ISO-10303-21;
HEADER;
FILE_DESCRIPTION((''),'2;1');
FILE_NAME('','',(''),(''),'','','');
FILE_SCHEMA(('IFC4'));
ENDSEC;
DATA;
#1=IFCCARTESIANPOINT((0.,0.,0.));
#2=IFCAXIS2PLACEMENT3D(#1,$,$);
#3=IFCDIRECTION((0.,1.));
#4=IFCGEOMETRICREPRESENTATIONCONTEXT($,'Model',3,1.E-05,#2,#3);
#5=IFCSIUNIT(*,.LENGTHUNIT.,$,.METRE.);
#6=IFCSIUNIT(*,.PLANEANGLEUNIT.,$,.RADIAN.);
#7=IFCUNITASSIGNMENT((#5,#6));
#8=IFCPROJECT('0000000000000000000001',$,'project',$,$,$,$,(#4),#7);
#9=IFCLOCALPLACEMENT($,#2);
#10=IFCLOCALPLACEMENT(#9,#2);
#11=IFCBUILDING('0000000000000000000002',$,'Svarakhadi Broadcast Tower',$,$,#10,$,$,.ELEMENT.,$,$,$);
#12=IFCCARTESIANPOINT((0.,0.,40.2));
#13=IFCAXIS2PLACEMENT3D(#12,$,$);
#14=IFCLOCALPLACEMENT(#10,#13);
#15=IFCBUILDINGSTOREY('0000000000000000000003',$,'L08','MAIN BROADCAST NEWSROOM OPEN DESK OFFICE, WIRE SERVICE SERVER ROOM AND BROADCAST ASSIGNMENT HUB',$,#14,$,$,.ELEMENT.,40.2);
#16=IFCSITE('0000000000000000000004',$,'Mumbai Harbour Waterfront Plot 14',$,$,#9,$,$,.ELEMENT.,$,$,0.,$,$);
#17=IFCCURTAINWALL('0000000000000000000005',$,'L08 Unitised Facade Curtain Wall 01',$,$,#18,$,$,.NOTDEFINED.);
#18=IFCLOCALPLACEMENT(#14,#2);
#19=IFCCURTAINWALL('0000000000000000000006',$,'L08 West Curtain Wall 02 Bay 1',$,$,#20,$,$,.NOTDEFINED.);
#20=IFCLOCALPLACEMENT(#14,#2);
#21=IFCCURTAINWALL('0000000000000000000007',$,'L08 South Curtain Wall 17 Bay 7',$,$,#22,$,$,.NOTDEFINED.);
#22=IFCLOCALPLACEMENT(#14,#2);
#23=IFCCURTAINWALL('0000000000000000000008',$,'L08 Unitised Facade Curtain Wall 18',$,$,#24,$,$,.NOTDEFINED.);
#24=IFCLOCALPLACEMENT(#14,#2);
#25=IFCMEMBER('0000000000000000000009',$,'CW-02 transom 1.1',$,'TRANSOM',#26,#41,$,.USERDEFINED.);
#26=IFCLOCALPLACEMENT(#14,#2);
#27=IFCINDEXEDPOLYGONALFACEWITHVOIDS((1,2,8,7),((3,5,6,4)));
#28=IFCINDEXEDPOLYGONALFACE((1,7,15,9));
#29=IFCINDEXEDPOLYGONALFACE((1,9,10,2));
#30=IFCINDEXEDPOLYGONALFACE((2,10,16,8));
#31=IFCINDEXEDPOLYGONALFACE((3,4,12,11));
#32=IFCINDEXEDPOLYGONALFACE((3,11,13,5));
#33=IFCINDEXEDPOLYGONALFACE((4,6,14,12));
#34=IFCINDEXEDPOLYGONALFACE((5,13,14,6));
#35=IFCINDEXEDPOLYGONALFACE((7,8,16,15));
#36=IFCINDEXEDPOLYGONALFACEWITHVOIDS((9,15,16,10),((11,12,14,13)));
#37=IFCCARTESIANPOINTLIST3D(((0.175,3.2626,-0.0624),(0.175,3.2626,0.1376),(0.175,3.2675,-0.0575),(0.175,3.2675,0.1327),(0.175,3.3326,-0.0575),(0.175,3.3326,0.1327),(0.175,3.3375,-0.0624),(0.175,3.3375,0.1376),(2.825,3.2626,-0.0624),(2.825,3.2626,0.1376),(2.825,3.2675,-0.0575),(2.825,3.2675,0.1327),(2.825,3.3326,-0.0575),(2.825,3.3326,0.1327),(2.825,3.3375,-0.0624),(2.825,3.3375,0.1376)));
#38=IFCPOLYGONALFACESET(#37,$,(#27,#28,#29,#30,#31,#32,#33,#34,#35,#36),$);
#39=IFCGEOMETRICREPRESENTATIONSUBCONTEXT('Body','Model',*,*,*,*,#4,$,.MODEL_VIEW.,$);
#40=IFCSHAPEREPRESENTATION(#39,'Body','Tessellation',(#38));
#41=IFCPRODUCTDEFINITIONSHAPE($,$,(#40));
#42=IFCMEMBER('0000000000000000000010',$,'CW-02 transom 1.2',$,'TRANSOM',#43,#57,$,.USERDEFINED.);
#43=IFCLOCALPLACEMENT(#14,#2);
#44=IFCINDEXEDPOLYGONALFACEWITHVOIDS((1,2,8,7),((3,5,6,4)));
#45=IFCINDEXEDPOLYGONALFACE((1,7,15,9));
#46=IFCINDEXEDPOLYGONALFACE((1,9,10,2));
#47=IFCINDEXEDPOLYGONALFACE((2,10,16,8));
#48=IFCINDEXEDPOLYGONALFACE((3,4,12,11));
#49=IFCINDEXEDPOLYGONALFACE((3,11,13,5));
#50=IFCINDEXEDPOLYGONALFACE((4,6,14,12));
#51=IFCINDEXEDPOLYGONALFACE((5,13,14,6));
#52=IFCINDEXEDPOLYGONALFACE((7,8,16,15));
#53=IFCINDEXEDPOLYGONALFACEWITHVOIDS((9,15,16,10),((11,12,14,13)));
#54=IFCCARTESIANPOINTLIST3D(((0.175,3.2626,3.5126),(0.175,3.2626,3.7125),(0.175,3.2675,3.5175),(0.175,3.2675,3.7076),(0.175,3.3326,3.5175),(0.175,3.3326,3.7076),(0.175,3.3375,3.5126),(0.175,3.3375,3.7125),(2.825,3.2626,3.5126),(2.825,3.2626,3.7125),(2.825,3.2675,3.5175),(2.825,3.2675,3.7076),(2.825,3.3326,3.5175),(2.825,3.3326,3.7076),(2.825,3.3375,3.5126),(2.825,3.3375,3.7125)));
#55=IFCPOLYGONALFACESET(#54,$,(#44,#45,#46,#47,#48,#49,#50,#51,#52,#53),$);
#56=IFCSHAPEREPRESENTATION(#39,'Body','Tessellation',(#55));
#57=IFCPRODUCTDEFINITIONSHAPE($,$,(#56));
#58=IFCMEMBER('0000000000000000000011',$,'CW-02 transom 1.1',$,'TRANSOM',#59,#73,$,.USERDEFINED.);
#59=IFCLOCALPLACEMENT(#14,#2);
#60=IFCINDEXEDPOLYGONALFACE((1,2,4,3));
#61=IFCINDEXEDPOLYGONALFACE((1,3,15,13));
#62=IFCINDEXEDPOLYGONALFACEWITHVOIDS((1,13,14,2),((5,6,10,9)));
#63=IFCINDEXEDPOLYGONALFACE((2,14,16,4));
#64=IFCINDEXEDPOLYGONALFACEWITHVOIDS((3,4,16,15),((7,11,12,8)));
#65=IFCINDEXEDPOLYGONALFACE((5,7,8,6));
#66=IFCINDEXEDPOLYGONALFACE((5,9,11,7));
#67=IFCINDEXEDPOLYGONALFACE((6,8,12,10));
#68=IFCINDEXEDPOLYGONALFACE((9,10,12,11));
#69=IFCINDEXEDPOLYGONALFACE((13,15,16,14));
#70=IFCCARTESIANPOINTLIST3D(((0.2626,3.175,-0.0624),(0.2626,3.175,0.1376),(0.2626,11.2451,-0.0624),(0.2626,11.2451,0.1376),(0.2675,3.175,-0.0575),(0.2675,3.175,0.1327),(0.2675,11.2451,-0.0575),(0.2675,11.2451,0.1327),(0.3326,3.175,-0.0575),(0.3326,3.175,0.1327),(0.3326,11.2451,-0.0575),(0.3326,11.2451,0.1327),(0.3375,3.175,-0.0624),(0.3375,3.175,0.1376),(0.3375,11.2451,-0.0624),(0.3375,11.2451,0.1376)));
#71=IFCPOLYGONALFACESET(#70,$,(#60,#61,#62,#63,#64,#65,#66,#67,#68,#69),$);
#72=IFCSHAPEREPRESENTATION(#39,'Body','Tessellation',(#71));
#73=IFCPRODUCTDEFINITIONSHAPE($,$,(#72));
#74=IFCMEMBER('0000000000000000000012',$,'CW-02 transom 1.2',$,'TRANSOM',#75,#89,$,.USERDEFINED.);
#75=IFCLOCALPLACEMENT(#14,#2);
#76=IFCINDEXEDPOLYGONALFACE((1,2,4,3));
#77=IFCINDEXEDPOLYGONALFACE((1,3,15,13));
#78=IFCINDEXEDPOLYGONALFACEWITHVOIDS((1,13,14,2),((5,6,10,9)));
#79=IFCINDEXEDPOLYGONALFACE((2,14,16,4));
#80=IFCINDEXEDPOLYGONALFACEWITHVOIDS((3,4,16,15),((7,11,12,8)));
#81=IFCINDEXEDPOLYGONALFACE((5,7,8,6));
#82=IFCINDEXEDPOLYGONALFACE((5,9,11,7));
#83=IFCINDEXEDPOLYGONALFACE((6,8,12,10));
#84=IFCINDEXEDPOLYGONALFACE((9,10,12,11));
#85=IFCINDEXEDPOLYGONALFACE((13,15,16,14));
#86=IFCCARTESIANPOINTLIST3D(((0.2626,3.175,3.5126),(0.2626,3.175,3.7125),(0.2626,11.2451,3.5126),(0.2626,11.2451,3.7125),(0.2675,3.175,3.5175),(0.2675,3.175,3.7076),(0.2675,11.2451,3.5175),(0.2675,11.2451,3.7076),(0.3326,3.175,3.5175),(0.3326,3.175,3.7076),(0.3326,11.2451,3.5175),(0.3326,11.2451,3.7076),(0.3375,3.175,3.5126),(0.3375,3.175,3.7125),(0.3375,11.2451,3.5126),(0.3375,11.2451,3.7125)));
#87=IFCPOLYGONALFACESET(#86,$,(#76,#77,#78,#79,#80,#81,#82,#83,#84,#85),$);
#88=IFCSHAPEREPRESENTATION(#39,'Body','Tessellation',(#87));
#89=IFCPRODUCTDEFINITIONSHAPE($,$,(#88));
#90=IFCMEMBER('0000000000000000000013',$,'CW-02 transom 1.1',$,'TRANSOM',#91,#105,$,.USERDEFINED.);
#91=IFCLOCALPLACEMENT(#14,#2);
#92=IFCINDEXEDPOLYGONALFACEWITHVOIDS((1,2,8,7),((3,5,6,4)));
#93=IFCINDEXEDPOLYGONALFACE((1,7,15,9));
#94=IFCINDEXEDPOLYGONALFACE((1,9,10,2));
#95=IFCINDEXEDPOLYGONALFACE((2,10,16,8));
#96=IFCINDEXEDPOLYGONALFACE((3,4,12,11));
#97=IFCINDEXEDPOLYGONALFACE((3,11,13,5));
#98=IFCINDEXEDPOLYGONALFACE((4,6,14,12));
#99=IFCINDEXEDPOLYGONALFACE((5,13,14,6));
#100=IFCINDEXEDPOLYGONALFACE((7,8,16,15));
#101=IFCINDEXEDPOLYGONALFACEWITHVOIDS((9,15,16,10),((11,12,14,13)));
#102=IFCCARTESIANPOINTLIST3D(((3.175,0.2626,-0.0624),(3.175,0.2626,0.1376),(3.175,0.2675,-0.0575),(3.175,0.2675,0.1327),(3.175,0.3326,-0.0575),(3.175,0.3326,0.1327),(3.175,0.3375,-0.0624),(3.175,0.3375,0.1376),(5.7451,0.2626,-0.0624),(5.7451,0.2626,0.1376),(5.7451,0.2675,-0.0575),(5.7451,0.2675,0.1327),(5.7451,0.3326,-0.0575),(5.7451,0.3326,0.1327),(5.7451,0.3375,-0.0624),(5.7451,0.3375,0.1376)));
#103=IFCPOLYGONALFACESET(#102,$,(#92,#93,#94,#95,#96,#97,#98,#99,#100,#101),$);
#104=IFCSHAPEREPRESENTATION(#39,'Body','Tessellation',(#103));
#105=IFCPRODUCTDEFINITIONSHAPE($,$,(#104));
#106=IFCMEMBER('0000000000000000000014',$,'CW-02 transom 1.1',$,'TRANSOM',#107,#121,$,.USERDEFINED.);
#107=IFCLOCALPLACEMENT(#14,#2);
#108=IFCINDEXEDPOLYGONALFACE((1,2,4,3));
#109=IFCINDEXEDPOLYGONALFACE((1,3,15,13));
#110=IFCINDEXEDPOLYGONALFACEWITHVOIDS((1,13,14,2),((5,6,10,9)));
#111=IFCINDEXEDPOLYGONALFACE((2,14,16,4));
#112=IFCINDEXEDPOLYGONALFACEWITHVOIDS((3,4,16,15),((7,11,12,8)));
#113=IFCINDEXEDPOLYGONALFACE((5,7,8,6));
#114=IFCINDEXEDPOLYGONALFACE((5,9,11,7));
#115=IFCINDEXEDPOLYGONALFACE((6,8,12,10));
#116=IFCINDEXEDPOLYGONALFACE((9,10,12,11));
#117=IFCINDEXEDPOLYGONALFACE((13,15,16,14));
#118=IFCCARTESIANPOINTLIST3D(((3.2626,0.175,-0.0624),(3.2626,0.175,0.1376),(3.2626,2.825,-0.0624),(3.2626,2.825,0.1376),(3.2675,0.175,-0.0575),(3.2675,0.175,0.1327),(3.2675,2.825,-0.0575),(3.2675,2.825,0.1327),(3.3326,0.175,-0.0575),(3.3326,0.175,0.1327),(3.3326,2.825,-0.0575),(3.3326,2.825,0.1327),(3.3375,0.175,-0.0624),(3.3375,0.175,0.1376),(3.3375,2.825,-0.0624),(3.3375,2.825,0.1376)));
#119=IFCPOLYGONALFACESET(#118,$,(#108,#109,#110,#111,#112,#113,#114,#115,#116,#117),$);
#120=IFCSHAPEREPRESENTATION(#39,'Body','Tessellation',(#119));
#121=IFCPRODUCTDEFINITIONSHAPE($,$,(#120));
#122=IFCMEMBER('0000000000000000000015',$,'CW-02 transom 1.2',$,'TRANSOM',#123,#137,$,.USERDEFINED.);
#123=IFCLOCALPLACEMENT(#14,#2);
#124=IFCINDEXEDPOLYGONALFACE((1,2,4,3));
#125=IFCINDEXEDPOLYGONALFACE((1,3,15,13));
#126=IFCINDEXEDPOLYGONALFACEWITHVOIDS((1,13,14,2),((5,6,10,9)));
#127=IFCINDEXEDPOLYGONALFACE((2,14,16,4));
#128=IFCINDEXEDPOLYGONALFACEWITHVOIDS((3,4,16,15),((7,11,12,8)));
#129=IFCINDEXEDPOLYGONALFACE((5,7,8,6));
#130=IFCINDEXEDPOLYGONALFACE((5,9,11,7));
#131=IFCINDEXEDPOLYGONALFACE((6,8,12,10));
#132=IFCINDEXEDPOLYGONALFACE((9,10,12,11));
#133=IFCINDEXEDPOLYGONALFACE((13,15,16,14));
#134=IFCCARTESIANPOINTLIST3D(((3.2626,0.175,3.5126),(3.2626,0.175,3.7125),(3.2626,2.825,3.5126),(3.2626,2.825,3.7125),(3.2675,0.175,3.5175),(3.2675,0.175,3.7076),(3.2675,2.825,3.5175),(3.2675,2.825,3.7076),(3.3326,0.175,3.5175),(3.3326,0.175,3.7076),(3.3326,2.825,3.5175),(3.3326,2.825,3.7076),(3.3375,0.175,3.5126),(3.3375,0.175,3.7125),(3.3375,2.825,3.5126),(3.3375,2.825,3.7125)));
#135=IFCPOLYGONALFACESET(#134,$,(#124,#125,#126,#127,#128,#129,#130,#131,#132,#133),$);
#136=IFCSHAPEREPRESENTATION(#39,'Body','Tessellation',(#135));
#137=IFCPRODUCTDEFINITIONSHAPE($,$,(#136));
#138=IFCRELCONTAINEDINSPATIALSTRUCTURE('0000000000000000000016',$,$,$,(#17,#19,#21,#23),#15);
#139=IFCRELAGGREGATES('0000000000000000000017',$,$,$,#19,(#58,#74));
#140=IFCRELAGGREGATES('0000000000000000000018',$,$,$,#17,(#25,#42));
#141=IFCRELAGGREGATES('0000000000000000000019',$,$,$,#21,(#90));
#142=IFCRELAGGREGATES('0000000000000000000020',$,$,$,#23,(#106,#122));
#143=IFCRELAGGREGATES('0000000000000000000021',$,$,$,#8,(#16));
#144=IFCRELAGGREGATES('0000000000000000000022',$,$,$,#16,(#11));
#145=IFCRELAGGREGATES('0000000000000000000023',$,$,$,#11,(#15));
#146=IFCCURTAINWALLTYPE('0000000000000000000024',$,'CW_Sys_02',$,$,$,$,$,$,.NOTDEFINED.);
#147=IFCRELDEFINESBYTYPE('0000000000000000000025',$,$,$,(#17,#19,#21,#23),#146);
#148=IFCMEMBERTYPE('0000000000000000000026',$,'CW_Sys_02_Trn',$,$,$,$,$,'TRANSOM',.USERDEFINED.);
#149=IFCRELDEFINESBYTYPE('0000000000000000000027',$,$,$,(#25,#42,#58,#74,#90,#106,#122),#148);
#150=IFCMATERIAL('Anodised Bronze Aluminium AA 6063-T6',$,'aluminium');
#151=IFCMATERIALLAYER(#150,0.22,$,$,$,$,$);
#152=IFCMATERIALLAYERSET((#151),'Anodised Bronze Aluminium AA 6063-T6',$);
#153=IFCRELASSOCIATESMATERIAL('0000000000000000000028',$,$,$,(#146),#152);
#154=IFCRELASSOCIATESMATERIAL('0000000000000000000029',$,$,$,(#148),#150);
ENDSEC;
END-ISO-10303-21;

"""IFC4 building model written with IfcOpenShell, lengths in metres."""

from ifc_helpers import new_model, si_unit, direction, frame, origin, origin_2d, place, context, subcontext, project, spatial, hollow_rectangle, extrude, material, layer, layer_set, material_profile, profile_set, type_object, element, aggregate, save


model = new_model("IFC4")

# Units and contexts
model_context = context("Model", 3, precision=1e-05, world=origin(), true_north=direction((0.0, 1.0)))
body_context = subcontext(model_context, "Body", "Model", "MODEL_VIEW")
ifc_project = project(units=[si_unit("LENGTHUNIT", "METRE"), si_unit("PLANEANGLEUNIT", "RADIAN")], contexts=[model_context])

# Site, building, storey
site_placement = place(None, origin())
site = spatial("IfcSite", under=ifc_project, at=site_placement, Name="Mumbai Harbour Waterfront Plot 14", CompositionType="ELEMENT", RefElevation=0.0)
building_placement = place(site_placement, origin())
building = spatial("IfcBuilding", under=site, at=building_placement, Name="Svarakhadi Broadcast Tower", CompositionType="ELEMENT")
storey_placement = place(building_placement, frame((0.0, 0.0, 40.2)))
storey = spatial("IfcBuildingStorey", under=building, at=storey_placement, Name="L08", Description="MAIN BROADCAST NEWSROOM OPEN DESK OFFICE, WIRE SERVICE SERVER ROOM AND BROADCAST ASSIGNMENT HUB", CompositionType="ELEMENT", Elevation=40.2)

# Curtain wall
ifc_material_1 = material(Name="Anodised Bronze Aluminium AA 6063-T6", Category="aluminium")
ifc_layer_1 = layer(ifc_material_1, 0.22)
ifc_layer_set_1 = layer_set([ifc_layer_1], Name="Anodised Bronze Aluminium AA 6063-T6")
curtain_wall_type = type_object("IfcCurtainWallType", Name="CW_Sys_02", PredefinedType="NOTDEFINED", material=ifc_layer_set_1)
curtain_wall_1_placement = place(storey_placement, origin())
curtain_wall_1 = element("IfcCurtainWall", 1, at=curtain_wall_1_placement, inside=storey, type_object=curtain_wall_type, Name="L08 Unitised Facade Curtain Wall 01", PredefinedType="NOTDEFINED")

# Curtain walls
curtain_wall_2_placement = place(storey_placement, origin())
curtain_wall_2 = element("IfcCurtainWall", 2, at=curtain_wall_2_placement, inside=storey, type_object=curtain_wall_type, Name="L08 West Curtain Wall 02 Bay 1", PredefinedType="NOTDEFINED")
curtain_wall_3_placement = place(storey_placement, origin())
curtain_wall_3 = element("IfcCurtainWall", 3, at=curtain_wall_3_placement, inside=storey, type_object=curtain_wall_type, Name="L08 South Curtain Wall 17 Bay 7", PredefinedType="NOTDEFINED")

# Curtain wall
curtain_wall_4_placement = place(storey_placement, origin())
curtain_wall_4 = element("IfcCurtainWall", 4, at=curtain_wall_4_placement, inside=storey, type_object=curtain_wall_type, Name="L08 Unitised Facade Curtain Wall 18", PredefinedType="NOTDEFINED")

# Members
ifc_material_profile_1 = material_profile(ifc_material_1, hollow_rectangle(XDim=0.075, YDim=0.2, WallThickness=0.0049, at=origin_2d()), Name="ALU TRANSOM 200x75x5")
ifc_profile_set_1 = profile_set([ifc_material_profile_1], Name="Anodised Bronze Aluminium AA 6063-T6")
member_type_1 = type_object("IfcMemberType", Name="CW_Sys_02_Trn", ElementType="TRANSOM", PredefinedType="USERDEFINED", material=ifc_profile_set_1)
member_1_placement = place(storey_placement, frame((2.825, 3.3, 0.0376), z_axis=(-1.0, 0.0, 0.0), x_axis=(0.0, -1.0, 0.0)))
member_1 = element("IfcMember", 5, at=member_1_placement, type_object=member_type_1, Name="CW-02 transom 1.1", ObjectType="TRANSOM", PredefinedType="USERDEFINED", context=body_context, shape_type="SweptSolid", body=[
    extrude(hollow_rectangle(XDim=0.075, YDim=0.2, WallThickness=0.0049, at=origin_2d()), origin(), (0.0, 0.0, 1.0), 2.6499),
])
member_2_placement = place(storey_placement, frame((2.825, 3.3, 3.6125), z_axis=(-1.0, 0.0, 0.0), x_axis=(0.0, -1.0, 0.0)))
member_2 = element("IfcMember", 6, at=member_2_placement, type_object=member_type_1, Name="CW-02 transom 1.2", ObjectType="TRANSOM", PredefinedType="USERDEFINED", context=body_context, shape_type="SweptSolid", body=[
    extrude(hollow_rectangle(XDim=0.075, YDim=0.2, WallThickness=0.0049, at=origin_2d()), origin(), (0.0, 0.0, 1.0), 2.6499),
])
member_3_placement = place(storey_placement, frame((0.3, 3.175, 0.0376), z_axis=(0.0, 1.0, 0.0), x_axis=(-1.0, 0.0, 0.0)))
member_3 = element("IfcMember", 7, at=member_3_placement, type_object=member_type_1, Name="CW-02 transom 1.1", ObjectType="TRANSOM", PredefinedType="USERDEFINED", context=body_context, shape_type="SweptSolid", body=[
    extrude(hollow_rectangle(XDim=0.075, YDim=0.2, WallThickness=0.0049, at=origin_2d()), origin(), (0.0, 0.0, 1.0), 8.0701),
])
member_4_placement = place(storey_placement, frame((0.3, 3.175, 3.6125), z_axis=(0.0, 1.0, 0.0), x_axis=(-1.0, 0.0, 0.0)))
member_4 = element("IfcMember", 8, at=member_4_placement, type_object=member_type_1, Name="CW-02 transom 1.2", ObjectType="TRANSOM", PredefinedType="USERDEFINED", context=body_context, shape_type="SweptSolid", body=[
    extrude(hollow_rectangle(XDim=0.075, YDim=0.2, WallThickness=0.0049, at=origin_2d()), origin(), (0.0, 0.0, 1.0), 8.0701),
])
aggregate(curtain_wall_2, [member_3, member_4])
member_5_placement = place(storey_placement, frame((5.7451, 0.3, 0.0376), z_axis=(-1.0, 0.0, 0.0), x_axis=(0.0, -1.0, 0.0)))
member_5 = element("IfcMember", 9, at=member_5_placement, type_object=member_type_1, Name="CW-02 transom 1.1", ObjectType="TRANSOM", PredefinedType="USERDEFINED", context=body_context, shape_type="SweptSolid", body=[
    extrude(hollow_rectangle(XDim=0.075, YDim=0.2, WallThickness=0.0049, at=origin_2d()), origin(), (0.0, 0.0, 1.0), 2.5701),
])
member_6_placement = place(storey_placement, frame((3.3, 0.175, 0.0376), z_axis=(0.0, 1.0, 0.0), x_axis=(-1.0, 0.0, 0.0)))
member_6 = element("IfcMember", 10, at=member_6_placement, type_object=member_type_1, Name="CW-02 transom 1.1", ObjectType="TRANSOM", PredefinedType="USERDEFINED", context=body_context, shape_type="SweptSolid", body=[
    extrude(hollow_rectangle(XDim=0.075, YDim=0.2, WallThickness=0.0049, at=origin_2d()), origin(), (0.0, 0.0, 1.0), 2.6499),
])
member_7_placement = place(storey_placement, frame((3.3, 0.175, 3.6125), z_axis=(0.0, 1.0, 0.0), x_axis=(-1.0, 0.0, 0.0)))
member_7 = element("IfcMember", 11, at=member_7_placement, type_object=member_type_1, Name="CW-02 transom 1.2", ObjectType="TRANSOM", PredefinedType="USERDEFINED", context=body_context, shape_type="SweptSolid", body=[
    extrude(hollow_rectangle(XDim=0.075, YDim=0.2, WallThickness=0.0049, at=origin_2d()), origin(), (0.0, 0.0, 1.0), 2.6499),
])

aggregate(curtain_wall_1, [member_1, member_2])
aggregate(curtain_wall_3, [member_5])
aggregate(curtain_wall_4, [member_6, member_7])

save(model, "model.ifc")
